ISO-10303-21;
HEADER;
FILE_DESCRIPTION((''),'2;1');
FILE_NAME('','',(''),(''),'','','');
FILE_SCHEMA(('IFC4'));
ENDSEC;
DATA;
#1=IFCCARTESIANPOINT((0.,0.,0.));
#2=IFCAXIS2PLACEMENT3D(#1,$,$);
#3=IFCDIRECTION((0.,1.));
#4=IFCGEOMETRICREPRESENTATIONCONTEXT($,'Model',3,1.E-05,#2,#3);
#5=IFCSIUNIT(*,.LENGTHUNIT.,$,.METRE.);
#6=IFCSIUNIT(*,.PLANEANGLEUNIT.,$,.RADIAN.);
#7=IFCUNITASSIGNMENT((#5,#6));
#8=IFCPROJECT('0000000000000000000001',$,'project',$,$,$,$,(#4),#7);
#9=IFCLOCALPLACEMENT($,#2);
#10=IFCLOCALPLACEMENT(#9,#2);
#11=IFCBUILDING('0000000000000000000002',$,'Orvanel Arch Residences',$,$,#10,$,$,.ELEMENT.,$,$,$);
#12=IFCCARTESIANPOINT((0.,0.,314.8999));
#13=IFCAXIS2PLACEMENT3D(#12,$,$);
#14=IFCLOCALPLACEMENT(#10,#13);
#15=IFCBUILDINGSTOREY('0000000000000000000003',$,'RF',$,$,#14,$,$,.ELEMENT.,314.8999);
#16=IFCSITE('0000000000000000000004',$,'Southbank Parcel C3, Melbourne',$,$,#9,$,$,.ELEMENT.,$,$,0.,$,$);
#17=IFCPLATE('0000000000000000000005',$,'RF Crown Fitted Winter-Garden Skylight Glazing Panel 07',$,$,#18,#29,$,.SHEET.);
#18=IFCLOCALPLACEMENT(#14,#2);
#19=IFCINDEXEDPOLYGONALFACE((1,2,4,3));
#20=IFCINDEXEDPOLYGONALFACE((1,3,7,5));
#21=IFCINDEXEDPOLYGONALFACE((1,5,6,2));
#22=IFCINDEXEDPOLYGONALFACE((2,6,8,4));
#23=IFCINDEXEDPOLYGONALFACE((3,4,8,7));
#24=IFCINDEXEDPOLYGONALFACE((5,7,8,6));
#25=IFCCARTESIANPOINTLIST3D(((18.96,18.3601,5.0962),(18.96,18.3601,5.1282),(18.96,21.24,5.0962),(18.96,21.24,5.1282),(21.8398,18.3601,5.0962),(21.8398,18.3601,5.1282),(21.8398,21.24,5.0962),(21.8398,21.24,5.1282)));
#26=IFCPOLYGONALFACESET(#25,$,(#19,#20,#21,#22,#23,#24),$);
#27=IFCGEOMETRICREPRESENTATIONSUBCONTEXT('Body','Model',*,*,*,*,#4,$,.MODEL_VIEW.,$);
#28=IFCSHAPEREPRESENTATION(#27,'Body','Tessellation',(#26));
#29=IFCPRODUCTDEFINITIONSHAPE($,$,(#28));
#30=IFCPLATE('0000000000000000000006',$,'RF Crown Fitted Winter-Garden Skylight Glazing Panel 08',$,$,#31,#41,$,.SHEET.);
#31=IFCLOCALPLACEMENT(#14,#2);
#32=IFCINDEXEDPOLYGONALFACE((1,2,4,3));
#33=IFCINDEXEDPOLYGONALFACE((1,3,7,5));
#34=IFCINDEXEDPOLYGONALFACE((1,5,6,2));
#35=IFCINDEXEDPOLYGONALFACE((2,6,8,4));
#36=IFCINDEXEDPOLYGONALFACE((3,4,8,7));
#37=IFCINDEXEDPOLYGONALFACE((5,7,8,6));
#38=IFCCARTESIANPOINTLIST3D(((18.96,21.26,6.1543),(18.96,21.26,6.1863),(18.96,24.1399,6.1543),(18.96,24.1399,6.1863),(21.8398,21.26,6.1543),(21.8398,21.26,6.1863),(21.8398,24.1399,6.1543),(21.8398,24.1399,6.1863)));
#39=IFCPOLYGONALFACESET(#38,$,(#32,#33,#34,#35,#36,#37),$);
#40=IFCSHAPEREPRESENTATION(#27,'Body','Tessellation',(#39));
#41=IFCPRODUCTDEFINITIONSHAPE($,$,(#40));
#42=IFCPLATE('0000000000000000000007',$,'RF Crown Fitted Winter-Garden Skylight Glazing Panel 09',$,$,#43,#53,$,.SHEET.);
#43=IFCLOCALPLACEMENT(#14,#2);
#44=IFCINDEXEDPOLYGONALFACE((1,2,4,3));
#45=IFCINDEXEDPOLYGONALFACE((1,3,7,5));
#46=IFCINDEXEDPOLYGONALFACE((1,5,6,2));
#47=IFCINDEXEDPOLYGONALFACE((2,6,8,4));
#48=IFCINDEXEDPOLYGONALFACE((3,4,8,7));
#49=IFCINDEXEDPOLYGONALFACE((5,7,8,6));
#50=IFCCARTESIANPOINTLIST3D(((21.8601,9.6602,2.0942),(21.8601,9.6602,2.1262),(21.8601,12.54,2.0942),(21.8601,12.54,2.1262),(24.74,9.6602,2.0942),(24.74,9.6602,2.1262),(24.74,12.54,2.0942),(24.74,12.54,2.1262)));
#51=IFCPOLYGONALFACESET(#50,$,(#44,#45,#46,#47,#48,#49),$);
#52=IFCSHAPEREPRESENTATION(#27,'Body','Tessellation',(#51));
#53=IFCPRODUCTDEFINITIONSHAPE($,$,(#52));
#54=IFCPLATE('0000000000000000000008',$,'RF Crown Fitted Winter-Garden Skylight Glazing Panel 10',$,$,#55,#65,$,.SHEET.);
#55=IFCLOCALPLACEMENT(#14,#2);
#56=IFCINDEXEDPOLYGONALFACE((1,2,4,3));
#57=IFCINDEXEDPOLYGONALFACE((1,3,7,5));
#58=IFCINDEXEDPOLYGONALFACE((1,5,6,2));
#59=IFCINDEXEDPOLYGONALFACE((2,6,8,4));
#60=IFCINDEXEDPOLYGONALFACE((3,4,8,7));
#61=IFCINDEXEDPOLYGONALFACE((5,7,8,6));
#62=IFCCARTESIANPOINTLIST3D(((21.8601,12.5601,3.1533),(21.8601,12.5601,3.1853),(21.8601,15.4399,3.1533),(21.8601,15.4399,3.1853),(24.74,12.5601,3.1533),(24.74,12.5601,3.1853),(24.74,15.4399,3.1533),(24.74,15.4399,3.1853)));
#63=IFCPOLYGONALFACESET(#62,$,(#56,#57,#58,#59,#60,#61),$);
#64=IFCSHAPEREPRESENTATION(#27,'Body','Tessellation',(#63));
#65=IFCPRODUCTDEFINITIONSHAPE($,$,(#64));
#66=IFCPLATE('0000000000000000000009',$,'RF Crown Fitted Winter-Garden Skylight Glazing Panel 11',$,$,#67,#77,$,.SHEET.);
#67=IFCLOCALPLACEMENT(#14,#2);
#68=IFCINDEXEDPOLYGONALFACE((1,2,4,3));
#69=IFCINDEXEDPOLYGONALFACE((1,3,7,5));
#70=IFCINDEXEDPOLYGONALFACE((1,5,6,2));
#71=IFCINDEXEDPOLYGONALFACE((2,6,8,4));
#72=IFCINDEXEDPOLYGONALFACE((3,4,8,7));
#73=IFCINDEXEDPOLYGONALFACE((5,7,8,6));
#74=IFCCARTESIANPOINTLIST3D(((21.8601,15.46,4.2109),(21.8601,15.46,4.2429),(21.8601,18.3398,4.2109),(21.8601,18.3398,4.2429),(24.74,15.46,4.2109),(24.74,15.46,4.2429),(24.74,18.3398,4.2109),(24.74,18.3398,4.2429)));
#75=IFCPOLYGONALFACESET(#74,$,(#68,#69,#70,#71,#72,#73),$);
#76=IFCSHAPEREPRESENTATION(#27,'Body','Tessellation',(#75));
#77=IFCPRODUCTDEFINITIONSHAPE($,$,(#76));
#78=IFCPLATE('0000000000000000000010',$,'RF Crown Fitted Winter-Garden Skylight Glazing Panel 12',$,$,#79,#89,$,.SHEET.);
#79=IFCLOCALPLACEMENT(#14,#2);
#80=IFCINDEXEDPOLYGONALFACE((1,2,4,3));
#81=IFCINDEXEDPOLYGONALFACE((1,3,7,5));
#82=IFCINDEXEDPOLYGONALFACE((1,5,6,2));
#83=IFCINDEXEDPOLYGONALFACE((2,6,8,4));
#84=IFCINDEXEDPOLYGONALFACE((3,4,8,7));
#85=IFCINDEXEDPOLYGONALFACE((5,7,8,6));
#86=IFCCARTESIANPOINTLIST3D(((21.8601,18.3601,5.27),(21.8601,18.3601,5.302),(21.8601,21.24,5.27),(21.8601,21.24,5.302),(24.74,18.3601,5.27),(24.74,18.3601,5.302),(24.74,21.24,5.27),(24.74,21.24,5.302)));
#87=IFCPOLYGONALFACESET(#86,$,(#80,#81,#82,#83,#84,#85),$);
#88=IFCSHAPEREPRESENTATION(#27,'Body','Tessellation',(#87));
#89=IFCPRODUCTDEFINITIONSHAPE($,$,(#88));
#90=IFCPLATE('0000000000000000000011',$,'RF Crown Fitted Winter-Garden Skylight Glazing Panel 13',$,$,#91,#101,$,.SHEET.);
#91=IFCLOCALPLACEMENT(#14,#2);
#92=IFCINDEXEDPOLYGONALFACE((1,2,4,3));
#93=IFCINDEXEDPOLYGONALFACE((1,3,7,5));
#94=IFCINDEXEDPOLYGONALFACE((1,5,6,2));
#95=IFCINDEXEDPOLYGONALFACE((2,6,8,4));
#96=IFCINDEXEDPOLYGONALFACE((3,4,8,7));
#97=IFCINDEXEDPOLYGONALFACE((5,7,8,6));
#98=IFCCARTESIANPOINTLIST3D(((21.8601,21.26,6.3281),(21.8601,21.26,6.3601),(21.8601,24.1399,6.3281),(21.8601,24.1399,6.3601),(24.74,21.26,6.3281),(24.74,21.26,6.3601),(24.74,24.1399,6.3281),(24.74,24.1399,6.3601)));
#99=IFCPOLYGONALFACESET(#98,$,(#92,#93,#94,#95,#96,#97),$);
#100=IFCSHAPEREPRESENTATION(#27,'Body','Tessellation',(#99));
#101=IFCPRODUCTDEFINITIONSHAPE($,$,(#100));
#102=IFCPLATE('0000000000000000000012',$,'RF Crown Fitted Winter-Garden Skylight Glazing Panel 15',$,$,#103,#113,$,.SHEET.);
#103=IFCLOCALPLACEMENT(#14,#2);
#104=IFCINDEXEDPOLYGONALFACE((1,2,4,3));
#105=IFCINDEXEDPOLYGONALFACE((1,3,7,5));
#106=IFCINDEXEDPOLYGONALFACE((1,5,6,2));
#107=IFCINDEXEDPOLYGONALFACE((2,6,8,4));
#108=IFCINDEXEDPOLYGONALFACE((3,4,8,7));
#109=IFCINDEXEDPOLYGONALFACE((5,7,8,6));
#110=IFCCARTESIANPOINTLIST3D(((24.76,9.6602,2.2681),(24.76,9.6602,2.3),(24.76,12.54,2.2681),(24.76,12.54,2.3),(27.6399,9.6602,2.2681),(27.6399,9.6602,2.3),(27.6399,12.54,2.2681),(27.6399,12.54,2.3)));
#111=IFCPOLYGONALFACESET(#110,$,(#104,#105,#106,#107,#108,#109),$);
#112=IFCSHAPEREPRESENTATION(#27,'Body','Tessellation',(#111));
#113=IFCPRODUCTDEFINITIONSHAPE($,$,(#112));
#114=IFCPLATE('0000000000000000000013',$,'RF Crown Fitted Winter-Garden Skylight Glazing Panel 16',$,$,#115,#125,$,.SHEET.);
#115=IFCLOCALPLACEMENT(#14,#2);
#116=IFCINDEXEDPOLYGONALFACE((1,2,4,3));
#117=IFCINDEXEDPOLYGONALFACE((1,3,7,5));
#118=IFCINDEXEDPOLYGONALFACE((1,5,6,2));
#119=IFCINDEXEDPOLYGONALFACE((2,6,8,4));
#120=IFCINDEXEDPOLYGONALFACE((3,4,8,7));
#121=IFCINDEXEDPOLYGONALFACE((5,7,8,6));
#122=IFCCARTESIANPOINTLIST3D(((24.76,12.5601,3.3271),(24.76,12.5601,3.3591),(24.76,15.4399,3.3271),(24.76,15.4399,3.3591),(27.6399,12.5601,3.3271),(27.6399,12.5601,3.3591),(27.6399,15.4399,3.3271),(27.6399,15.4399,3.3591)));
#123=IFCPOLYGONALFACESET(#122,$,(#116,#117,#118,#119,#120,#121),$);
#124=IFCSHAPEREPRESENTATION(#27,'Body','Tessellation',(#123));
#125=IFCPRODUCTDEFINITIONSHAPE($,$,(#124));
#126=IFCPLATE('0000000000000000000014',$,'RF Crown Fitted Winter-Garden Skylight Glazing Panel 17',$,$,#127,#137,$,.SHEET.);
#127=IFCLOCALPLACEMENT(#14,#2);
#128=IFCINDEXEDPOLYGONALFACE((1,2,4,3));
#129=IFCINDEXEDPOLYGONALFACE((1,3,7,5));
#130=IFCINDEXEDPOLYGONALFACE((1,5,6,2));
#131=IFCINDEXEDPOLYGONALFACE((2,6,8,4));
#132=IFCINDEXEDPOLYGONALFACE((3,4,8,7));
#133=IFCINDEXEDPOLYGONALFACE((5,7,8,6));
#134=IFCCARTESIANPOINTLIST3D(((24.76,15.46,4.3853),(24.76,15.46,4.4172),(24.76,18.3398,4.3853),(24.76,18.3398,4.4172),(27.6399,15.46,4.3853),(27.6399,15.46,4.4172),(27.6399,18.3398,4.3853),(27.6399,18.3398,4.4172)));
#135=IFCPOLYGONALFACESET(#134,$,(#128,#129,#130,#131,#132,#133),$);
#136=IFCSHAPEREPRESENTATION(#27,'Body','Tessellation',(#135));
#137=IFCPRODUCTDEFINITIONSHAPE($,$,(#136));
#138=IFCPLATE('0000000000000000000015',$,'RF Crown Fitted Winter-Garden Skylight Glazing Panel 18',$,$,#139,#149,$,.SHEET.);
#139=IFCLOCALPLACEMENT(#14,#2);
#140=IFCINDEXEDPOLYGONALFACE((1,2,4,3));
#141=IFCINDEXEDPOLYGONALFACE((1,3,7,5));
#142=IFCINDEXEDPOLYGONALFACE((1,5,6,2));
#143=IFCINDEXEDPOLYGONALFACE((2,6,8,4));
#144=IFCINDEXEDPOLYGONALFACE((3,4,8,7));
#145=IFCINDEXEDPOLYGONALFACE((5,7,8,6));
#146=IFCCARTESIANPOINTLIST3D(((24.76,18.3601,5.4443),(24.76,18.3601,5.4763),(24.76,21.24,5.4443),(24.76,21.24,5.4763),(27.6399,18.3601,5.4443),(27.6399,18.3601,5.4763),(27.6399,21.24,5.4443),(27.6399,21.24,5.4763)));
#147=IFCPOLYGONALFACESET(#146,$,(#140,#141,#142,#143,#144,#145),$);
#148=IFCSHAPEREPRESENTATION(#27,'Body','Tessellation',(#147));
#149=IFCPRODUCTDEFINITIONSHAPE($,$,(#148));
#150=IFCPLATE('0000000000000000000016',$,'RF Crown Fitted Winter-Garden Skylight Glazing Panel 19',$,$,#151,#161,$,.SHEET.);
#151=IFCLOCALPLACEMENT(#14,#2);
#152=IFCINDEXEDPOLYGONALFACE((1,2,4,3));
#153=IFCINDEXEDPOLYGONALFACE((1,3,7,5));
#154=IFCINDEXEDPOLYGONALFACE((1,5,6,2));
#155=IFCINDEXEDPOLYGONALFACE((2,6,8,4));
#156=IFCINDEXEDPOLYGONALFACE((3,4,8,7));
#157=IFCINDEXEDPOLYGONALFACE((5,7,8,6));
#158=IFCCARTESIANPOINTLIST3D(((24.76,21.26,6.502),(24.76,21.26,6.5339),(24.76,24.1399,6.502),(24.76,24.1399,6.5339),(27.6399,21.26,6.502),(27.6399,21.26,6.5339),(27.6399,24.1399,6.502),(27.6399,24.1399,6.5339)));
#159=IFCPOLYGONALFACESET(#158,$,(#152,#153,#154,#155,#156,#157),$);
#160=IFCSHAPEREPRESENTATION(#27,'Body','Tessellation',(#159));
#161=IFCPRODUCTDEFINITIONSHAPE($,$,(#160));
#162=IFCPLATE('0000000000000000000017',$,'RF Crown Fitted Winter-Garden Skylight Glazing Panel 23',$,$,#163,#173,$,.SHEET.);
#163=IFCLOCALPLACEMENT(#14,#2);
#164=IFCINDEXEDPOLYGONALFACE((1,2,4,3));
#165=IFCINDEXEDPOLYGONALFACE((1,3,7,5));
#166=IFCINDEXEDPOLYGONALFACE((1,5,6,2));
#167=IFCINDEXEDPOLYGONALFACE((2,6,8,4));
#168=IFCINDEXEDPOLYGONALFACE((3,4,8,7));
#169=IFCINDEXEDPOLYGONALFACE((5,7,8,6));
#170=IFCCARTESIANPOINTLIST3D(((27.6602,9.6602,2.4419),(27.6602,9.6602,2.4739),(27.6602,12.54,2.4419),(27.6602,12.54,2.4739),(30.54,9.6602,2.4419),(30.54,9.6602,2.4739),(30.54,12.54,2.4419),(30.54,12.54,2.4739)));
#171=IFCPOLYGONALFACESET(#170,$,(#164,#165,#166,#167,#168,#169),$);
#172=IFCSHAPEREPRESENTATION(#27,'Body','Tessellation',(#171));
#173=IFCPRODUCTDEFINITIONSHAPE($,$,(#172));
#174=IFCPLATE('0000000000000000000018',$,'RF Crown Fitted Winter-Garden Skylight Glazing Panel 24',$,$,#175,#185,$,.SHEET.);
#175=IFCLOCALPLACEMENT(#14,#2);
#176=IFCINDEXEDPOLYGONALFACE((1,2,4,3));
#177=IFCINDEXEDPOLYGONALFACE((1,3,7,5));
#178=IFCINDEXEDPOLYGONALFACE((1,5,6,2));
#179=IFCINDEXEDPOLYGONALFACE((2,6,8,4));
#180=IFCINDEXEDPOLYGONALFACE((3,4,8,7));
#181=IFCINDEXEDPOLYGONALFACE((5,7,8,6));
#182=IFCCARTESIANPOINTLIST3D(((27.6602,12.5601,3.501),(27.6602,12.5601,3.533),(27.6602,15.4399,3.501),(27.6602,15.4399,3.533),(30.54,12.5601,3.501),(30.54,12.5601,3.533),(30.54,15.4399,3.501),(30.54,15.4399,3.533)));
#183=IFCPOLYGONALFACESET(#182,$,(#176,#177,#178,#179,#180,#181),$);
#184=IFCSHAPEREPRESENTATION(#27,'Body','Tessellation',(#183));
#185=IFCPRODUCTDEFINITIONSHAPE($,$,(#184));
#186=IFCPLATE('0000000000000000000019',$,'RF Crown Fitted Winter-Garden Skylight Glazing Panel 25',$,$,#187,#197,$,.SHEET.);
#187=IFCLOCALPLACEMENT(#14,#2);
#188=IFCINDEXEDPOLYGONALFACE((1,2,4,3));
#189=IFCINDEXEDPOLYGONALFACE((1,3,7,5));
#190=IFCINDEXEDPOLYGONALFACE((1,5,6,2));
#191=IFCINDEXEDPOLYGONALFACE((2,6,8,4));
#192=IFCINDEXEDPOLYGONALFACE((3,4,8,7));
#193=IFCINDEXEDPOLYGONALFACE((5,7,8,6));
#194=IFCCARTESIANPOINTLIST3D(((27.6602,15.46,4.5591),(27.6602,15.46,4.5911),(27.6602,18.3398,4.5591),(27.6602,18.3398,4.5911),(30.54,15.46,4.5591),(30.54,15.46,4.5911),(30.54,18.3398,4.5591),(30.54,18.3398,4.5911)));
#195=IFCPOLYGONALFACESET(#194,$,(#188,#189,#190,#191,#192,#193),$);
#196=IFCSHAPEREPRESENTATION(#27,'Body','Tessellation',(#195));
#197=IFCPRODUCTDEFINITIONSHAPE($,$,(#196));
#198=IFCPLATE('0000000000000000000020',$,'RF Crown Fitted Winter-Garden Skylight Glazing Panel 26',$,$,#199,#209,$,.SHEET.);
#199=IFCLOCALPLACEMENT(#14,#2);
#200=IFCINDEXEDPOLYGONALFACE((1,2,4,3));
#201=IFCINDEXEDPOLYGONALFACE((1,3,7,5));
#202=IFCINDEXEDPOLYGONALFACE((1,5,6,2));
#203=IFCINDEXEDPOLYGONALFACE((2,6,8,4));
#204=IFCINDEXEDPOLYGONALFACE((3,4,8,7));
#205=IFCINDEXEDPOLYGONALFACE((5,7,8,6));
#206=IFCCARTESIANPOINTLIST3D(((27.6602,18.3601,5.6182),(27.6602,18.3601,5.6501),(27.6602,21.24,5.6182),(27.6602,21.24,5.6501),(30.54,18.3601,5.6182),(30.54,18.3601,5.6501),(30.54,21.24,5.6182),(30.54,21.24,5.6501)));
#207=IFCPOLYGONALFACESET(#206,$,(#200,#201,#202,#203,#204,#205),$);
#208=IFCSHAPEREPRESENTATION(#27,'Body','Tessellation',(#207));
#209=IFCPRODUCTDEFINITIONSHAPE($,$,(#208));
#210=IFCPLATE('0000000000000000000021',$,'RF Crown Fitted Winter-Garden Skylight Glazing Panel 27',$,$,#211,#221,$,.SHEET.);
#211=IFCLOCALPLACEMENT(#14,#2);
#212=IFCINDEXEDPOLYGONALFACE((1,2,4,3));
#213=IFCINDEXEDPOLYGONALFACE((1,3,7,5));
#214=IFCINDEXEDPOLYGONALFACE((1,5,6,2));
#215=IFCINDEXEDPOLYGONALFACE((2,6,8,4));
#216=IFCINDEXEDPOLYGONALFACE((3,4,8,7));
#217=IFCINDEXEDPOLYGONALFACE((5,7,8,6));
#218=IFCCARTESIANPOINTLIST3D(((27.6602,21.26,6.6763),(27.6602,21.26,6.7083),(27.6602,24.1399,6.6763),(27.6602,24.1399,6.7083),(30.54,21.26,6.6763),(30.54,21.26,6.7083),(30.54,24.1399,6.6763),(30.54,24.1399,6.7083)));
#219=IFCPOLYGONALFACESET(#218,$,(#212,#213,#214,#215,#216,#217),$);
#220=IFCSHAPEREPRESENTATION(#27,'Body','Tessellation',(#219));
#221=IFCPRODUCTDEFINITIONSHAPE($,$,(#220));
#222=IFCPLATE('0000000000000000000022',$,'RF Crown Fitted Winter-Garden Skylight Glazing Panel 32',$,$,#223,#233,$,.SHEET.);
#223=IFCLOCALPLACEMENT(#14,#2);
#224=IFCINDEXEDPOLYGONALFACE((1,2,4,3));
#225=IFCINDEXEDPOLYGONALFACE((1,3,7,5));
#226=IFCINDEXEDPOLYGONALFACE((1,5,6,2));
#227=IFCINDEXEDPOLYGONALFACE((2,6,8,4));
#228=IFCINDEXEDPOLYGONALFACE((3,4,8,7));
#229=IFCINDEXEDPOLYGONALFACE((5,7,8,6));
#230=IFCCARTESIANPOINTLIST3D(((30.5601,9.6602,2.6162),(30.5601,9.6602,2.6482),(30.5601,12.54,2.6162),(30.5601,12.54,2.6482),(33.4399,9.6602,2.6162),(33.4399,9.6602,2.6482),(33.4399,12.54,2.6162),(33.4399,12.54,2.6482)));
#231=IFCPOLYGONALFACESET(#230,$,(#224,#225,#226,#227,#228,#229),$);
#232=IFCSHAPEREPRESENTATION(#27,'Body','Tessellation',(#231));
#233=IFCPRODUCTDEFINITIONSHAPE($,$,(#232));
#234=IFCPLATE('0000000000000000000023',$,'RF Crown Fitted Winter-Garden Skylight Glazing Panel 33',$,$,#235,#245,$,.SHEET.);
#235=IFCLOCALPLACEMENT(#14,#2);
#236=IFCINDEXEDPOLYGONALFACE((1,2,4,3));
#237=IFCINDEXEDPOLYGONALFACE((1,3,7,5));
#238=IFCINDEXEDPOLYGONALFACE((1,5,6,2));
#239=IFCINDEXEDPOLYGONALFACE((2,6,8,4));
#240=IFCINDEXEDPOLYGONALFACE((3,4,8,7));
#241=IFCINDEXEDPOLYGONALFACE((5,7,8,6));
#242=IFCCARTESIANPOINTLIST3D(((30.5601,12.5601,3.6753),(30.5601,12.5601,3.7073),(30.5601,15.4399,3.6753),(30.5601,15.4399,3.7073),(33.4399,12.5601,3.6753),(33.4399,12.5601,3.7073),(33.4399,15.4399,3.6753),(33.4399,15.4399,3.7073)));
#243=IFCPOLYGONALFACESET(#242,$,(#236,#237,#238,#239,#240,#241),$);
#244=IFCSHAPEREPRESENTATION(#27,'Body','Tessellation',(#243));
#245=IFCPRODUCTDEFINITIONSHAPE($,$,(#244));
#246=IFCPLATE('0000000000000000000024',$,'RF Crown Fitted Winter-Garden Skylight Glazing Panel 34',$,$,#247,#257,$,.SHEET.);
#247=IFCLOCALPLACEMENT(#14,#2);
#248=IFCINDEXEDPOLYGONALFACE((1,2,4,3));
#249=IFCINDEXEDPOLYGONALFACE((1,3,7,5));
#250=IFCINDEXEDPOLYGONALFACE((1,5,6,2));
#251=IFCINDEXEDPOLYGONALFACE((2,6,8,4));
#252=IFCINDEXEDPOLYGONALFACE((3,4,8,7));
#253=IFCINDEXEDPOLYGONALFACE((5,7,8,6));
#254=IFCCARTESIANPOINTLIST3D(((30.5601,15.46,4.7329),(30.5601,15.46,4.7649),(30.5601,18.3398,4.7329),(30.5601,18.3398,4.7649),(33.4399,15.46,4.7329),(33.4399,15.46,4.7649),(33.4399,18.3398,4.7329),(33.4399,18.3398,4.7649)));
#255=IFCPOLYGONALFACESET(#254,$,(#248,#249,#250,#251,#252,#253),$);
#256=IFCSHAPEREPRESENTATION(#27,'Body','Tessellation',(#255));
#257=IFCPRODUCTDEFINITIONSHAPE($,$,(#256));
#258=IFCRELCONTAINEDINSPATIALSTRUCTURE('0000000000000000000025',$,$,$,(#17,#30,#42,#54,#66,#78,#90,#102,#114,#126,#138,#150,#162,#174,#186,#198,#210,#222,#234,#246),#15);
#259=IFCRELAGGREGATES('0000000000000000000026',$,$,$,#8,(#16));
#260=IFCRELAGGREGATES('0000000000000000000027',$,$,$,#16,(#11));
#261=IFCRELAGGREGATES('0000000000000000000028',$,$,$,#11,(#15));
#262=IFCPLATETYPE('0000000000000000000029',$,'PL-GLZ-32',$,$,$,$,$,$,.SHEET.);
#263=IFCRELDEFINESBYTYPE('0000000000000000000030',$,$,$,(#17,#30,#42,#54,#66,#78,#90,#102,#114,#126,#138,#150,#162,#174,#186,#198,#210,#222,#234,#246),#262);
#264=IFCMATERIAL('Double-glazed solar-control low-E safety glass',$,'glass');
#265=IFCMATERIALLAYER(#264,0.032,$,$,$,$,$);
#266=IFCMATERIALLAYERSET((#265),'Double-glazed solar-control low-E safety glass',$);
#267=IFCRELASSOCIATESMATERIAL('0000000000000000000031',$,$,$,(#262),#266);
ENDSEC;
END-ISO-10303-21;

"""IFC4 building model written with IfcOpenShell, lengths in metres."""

from ifc_helpers import new_model, si_unit, direction, frame, origin, origin_2d, place, context, subcontext, project, spatial, rectangle, extrude, material, layer, layer_set, type_object, element, save


model = new_model("IFC4")

# Units and contexts
model_context = context("Model", 3, precision=1e-05, world=origin(), true_north=direction((0.0, 1.0)))
body_context = subcontext(model_context, "Body", "Model", "MODEL_VIEW")
ifc_project = project(units=[si_unit("LENGTHUNIT", "METRE"), si_unit("PLANEANGLEUNIT", "RADIAN")], contexts=[model_context])

# Site, building, storey
site_placement = place(None, origin())
site = spatial("IfcSite", under=ifc_project, at=site_placement, Name="Southbank Parcel C3, Melbourne", CompositionType="ELEMENT", RefElevation=0.0)
building_placement = place(site_placement, origin())
building = spatial("IfcBuilding", under=site, at=building_placement, Name="Orvanel Arch Residences", CompositionType="ELEMENT")
storey_placement = place(building_placement, frame((0.0, 0.0, 314.8999)))
storey = spatial("IfcBuildingStorey", under=building, at=storey_placement, Name="RF", CompositionType="ELEMENT", Elevation=314.8999)

# Plates
ifc_material_1 = material(Name="Double-glazed solar-control low-E safety glass", Category="glass")
ifc_layer_1 = layer(ifc_material_1, 0.032)
ifc_layer_set_1 = layer_set([ifc_layer_1], Name="Double-glazed solar-control low-E safety glass")
plate_type_1 = type_object("IfcPlateType", Name="PL-GLZ-32", PredefinedType="SHEET", material=ifc_layer_set_1)
for number, where, z_axis, x_axis, name in (
    (1, (20.3999, 19.8, 5.0962), (0.0, 0.0, 1.0), (1.0, 0.0, 0.0), "RF Crown Fitted Winter-Garden Skylight Glazing Panel 07"),
    (2, (20.3999, 22.7, 6.1543), (0.0, 0.0, 1.0), (1.0, 0.0, 0.0), "RF Crown Fitted Winter-Garden Skylight Glazing Panel 08"),
    (3, (23.3, 11.1001, 2.0942), (0.0, 0.0, 1.0), (1.0, 0.0, 0.0), "RF Crown Fitted Winter-Garden Skylight Glazing Panel 09"),
    (4, (23.3, 14.0, 3.1533), (0.0, 0.0, 1.0), (1.0, 0.0, 0.0), "RF Crown Fitted Winter-Garden Skylight Glazing Panel 10"),
    (5, (23.3, 16.8999, 4.2109), (0.0, 0.0, 1.0), (1.0, 0.0, 0.0), "RF Crown Fitted Winter-Garden Skylight Glazing Panel 11"),
    (6, (23.3, 19.8, 5.27), (0.0, 0.0, 1.0), (1.0, 0.0, 0.0), "RF Crown Fitted Winter-Garden Skylight Glazing Panel 12"),
    (7, (23.3, 22.7, 6.3281), (0.0, 0.0, 1.0), (1.0, 0.0, 0.0), "RF Crown Fitted Winter-Garden Skylight Glazing Panel 13"),
    (8, (26.2, 11.1001, 2.2681), (0.0, 0.0, 1.0), (1.0, 0.0, 0.0), "RF Crown Fitted Winter-Garden Skylight Glazing Panel 15"),
    (9, (26.2, 14.0, 3.3271), (0.0, 0.0, 1.0), (1.0, 0.0, 0.0), "RF Crown Fitted Winter-Garden Skylight Glazing Panel 16"),
    (10, (26.2, 16.8999, 4.3853), (0.0, 0.0, 1.0), (1.0, 0.0, 0.0), "RF Crown Fitted Winter-Garden Skylight Glazing Panel 17"),
    (11, (26.2, 19.8, 5.4443), (0.0, 0.0, 1.0), (1.0, 0.0, 0.0), "RF Crown Fitted Winter-Garden Skylight Glazing Panel 18"),
    (12, (26.2, 22.7, 6.502), (0.0, 0.0, 1.0), (1.0, 0.0, 0.0), "RF Crown Fitted Winter-Garden Skylight Glazing Panel 19"),
    (13, (29.1001, 11.1001, 2.4419), (0.0, 0.0, 1.0), (1.0, 0.0, 0.0), "RF Crown Fitted Winter-Garden Skylight Glazing Panel 23"),
    (14, (29.1001, 14.0, 3.501), (0.0, 0.0, 1.0), (1.0, 0.0, 0.0), "RF Crown Fitted Winter-Garden Skylight Glazing Panel 24"),
    (15, (29.1001, 16.8999, 4.5591), (0.0, 0.0, 1.0), (1.0, 0.0, 0.0), "RF Crown Fitted Winter-Garden Skylight Glazing Panel 25"),
    (16, (29.1001, 19.8, 5.6182), (0.0, 0.0, 1.0), (1.0, 0.0, 0.0), "RF Crown Fitted Winter-Garden Skylight Glazing Panel 26"),
    (17, (29.1001, 22.7, 6.6763), (0.0, 0.0, 1.0), (1.0, 0.0, 0.0), "RF Crown Fitted Winter-Garden Skylight Glazing Panel 27"),
    (18, (32.0, 11.1001, 2.6162), (0.0, 0.0, 1.0), (1.0, 0.0, 0.0), "RF Crown Fitted Winter-Garden Skylight Glazing Panel 32"),
    (19, (32.0, 14.0, 3.6753), (0.0, 0.0, 1.0), (1.0, 0.0, 0.0), "RF Crown Fitted Winter-Garden Skylight Glazing Panel 33"),
    (20, (32.0, 16.8999, 4.7329), (0.0, 0.0, 1.0), (1.0, 0.0, 0.0), "RF Crown Fitted Winter-Garden Skylight Glazing Panel 34"),
):
    element("IfcPlate", number, at=place(storey_placement, frame(where, z_axis=z_axis, x_axis=x_axis)), inside=storey, type_object=plate_type_1, Name=name, PredefinedType="SHEET", context=body_context, shape_type="SweptSolid", body=[
        extrude(rectangle(XDim=2.8799, YDim=2.8799, at=origin_2d()), origin(), (0.0, 0.0, 1.0), 0.032),
    ])

save(model, "model.ifc")
